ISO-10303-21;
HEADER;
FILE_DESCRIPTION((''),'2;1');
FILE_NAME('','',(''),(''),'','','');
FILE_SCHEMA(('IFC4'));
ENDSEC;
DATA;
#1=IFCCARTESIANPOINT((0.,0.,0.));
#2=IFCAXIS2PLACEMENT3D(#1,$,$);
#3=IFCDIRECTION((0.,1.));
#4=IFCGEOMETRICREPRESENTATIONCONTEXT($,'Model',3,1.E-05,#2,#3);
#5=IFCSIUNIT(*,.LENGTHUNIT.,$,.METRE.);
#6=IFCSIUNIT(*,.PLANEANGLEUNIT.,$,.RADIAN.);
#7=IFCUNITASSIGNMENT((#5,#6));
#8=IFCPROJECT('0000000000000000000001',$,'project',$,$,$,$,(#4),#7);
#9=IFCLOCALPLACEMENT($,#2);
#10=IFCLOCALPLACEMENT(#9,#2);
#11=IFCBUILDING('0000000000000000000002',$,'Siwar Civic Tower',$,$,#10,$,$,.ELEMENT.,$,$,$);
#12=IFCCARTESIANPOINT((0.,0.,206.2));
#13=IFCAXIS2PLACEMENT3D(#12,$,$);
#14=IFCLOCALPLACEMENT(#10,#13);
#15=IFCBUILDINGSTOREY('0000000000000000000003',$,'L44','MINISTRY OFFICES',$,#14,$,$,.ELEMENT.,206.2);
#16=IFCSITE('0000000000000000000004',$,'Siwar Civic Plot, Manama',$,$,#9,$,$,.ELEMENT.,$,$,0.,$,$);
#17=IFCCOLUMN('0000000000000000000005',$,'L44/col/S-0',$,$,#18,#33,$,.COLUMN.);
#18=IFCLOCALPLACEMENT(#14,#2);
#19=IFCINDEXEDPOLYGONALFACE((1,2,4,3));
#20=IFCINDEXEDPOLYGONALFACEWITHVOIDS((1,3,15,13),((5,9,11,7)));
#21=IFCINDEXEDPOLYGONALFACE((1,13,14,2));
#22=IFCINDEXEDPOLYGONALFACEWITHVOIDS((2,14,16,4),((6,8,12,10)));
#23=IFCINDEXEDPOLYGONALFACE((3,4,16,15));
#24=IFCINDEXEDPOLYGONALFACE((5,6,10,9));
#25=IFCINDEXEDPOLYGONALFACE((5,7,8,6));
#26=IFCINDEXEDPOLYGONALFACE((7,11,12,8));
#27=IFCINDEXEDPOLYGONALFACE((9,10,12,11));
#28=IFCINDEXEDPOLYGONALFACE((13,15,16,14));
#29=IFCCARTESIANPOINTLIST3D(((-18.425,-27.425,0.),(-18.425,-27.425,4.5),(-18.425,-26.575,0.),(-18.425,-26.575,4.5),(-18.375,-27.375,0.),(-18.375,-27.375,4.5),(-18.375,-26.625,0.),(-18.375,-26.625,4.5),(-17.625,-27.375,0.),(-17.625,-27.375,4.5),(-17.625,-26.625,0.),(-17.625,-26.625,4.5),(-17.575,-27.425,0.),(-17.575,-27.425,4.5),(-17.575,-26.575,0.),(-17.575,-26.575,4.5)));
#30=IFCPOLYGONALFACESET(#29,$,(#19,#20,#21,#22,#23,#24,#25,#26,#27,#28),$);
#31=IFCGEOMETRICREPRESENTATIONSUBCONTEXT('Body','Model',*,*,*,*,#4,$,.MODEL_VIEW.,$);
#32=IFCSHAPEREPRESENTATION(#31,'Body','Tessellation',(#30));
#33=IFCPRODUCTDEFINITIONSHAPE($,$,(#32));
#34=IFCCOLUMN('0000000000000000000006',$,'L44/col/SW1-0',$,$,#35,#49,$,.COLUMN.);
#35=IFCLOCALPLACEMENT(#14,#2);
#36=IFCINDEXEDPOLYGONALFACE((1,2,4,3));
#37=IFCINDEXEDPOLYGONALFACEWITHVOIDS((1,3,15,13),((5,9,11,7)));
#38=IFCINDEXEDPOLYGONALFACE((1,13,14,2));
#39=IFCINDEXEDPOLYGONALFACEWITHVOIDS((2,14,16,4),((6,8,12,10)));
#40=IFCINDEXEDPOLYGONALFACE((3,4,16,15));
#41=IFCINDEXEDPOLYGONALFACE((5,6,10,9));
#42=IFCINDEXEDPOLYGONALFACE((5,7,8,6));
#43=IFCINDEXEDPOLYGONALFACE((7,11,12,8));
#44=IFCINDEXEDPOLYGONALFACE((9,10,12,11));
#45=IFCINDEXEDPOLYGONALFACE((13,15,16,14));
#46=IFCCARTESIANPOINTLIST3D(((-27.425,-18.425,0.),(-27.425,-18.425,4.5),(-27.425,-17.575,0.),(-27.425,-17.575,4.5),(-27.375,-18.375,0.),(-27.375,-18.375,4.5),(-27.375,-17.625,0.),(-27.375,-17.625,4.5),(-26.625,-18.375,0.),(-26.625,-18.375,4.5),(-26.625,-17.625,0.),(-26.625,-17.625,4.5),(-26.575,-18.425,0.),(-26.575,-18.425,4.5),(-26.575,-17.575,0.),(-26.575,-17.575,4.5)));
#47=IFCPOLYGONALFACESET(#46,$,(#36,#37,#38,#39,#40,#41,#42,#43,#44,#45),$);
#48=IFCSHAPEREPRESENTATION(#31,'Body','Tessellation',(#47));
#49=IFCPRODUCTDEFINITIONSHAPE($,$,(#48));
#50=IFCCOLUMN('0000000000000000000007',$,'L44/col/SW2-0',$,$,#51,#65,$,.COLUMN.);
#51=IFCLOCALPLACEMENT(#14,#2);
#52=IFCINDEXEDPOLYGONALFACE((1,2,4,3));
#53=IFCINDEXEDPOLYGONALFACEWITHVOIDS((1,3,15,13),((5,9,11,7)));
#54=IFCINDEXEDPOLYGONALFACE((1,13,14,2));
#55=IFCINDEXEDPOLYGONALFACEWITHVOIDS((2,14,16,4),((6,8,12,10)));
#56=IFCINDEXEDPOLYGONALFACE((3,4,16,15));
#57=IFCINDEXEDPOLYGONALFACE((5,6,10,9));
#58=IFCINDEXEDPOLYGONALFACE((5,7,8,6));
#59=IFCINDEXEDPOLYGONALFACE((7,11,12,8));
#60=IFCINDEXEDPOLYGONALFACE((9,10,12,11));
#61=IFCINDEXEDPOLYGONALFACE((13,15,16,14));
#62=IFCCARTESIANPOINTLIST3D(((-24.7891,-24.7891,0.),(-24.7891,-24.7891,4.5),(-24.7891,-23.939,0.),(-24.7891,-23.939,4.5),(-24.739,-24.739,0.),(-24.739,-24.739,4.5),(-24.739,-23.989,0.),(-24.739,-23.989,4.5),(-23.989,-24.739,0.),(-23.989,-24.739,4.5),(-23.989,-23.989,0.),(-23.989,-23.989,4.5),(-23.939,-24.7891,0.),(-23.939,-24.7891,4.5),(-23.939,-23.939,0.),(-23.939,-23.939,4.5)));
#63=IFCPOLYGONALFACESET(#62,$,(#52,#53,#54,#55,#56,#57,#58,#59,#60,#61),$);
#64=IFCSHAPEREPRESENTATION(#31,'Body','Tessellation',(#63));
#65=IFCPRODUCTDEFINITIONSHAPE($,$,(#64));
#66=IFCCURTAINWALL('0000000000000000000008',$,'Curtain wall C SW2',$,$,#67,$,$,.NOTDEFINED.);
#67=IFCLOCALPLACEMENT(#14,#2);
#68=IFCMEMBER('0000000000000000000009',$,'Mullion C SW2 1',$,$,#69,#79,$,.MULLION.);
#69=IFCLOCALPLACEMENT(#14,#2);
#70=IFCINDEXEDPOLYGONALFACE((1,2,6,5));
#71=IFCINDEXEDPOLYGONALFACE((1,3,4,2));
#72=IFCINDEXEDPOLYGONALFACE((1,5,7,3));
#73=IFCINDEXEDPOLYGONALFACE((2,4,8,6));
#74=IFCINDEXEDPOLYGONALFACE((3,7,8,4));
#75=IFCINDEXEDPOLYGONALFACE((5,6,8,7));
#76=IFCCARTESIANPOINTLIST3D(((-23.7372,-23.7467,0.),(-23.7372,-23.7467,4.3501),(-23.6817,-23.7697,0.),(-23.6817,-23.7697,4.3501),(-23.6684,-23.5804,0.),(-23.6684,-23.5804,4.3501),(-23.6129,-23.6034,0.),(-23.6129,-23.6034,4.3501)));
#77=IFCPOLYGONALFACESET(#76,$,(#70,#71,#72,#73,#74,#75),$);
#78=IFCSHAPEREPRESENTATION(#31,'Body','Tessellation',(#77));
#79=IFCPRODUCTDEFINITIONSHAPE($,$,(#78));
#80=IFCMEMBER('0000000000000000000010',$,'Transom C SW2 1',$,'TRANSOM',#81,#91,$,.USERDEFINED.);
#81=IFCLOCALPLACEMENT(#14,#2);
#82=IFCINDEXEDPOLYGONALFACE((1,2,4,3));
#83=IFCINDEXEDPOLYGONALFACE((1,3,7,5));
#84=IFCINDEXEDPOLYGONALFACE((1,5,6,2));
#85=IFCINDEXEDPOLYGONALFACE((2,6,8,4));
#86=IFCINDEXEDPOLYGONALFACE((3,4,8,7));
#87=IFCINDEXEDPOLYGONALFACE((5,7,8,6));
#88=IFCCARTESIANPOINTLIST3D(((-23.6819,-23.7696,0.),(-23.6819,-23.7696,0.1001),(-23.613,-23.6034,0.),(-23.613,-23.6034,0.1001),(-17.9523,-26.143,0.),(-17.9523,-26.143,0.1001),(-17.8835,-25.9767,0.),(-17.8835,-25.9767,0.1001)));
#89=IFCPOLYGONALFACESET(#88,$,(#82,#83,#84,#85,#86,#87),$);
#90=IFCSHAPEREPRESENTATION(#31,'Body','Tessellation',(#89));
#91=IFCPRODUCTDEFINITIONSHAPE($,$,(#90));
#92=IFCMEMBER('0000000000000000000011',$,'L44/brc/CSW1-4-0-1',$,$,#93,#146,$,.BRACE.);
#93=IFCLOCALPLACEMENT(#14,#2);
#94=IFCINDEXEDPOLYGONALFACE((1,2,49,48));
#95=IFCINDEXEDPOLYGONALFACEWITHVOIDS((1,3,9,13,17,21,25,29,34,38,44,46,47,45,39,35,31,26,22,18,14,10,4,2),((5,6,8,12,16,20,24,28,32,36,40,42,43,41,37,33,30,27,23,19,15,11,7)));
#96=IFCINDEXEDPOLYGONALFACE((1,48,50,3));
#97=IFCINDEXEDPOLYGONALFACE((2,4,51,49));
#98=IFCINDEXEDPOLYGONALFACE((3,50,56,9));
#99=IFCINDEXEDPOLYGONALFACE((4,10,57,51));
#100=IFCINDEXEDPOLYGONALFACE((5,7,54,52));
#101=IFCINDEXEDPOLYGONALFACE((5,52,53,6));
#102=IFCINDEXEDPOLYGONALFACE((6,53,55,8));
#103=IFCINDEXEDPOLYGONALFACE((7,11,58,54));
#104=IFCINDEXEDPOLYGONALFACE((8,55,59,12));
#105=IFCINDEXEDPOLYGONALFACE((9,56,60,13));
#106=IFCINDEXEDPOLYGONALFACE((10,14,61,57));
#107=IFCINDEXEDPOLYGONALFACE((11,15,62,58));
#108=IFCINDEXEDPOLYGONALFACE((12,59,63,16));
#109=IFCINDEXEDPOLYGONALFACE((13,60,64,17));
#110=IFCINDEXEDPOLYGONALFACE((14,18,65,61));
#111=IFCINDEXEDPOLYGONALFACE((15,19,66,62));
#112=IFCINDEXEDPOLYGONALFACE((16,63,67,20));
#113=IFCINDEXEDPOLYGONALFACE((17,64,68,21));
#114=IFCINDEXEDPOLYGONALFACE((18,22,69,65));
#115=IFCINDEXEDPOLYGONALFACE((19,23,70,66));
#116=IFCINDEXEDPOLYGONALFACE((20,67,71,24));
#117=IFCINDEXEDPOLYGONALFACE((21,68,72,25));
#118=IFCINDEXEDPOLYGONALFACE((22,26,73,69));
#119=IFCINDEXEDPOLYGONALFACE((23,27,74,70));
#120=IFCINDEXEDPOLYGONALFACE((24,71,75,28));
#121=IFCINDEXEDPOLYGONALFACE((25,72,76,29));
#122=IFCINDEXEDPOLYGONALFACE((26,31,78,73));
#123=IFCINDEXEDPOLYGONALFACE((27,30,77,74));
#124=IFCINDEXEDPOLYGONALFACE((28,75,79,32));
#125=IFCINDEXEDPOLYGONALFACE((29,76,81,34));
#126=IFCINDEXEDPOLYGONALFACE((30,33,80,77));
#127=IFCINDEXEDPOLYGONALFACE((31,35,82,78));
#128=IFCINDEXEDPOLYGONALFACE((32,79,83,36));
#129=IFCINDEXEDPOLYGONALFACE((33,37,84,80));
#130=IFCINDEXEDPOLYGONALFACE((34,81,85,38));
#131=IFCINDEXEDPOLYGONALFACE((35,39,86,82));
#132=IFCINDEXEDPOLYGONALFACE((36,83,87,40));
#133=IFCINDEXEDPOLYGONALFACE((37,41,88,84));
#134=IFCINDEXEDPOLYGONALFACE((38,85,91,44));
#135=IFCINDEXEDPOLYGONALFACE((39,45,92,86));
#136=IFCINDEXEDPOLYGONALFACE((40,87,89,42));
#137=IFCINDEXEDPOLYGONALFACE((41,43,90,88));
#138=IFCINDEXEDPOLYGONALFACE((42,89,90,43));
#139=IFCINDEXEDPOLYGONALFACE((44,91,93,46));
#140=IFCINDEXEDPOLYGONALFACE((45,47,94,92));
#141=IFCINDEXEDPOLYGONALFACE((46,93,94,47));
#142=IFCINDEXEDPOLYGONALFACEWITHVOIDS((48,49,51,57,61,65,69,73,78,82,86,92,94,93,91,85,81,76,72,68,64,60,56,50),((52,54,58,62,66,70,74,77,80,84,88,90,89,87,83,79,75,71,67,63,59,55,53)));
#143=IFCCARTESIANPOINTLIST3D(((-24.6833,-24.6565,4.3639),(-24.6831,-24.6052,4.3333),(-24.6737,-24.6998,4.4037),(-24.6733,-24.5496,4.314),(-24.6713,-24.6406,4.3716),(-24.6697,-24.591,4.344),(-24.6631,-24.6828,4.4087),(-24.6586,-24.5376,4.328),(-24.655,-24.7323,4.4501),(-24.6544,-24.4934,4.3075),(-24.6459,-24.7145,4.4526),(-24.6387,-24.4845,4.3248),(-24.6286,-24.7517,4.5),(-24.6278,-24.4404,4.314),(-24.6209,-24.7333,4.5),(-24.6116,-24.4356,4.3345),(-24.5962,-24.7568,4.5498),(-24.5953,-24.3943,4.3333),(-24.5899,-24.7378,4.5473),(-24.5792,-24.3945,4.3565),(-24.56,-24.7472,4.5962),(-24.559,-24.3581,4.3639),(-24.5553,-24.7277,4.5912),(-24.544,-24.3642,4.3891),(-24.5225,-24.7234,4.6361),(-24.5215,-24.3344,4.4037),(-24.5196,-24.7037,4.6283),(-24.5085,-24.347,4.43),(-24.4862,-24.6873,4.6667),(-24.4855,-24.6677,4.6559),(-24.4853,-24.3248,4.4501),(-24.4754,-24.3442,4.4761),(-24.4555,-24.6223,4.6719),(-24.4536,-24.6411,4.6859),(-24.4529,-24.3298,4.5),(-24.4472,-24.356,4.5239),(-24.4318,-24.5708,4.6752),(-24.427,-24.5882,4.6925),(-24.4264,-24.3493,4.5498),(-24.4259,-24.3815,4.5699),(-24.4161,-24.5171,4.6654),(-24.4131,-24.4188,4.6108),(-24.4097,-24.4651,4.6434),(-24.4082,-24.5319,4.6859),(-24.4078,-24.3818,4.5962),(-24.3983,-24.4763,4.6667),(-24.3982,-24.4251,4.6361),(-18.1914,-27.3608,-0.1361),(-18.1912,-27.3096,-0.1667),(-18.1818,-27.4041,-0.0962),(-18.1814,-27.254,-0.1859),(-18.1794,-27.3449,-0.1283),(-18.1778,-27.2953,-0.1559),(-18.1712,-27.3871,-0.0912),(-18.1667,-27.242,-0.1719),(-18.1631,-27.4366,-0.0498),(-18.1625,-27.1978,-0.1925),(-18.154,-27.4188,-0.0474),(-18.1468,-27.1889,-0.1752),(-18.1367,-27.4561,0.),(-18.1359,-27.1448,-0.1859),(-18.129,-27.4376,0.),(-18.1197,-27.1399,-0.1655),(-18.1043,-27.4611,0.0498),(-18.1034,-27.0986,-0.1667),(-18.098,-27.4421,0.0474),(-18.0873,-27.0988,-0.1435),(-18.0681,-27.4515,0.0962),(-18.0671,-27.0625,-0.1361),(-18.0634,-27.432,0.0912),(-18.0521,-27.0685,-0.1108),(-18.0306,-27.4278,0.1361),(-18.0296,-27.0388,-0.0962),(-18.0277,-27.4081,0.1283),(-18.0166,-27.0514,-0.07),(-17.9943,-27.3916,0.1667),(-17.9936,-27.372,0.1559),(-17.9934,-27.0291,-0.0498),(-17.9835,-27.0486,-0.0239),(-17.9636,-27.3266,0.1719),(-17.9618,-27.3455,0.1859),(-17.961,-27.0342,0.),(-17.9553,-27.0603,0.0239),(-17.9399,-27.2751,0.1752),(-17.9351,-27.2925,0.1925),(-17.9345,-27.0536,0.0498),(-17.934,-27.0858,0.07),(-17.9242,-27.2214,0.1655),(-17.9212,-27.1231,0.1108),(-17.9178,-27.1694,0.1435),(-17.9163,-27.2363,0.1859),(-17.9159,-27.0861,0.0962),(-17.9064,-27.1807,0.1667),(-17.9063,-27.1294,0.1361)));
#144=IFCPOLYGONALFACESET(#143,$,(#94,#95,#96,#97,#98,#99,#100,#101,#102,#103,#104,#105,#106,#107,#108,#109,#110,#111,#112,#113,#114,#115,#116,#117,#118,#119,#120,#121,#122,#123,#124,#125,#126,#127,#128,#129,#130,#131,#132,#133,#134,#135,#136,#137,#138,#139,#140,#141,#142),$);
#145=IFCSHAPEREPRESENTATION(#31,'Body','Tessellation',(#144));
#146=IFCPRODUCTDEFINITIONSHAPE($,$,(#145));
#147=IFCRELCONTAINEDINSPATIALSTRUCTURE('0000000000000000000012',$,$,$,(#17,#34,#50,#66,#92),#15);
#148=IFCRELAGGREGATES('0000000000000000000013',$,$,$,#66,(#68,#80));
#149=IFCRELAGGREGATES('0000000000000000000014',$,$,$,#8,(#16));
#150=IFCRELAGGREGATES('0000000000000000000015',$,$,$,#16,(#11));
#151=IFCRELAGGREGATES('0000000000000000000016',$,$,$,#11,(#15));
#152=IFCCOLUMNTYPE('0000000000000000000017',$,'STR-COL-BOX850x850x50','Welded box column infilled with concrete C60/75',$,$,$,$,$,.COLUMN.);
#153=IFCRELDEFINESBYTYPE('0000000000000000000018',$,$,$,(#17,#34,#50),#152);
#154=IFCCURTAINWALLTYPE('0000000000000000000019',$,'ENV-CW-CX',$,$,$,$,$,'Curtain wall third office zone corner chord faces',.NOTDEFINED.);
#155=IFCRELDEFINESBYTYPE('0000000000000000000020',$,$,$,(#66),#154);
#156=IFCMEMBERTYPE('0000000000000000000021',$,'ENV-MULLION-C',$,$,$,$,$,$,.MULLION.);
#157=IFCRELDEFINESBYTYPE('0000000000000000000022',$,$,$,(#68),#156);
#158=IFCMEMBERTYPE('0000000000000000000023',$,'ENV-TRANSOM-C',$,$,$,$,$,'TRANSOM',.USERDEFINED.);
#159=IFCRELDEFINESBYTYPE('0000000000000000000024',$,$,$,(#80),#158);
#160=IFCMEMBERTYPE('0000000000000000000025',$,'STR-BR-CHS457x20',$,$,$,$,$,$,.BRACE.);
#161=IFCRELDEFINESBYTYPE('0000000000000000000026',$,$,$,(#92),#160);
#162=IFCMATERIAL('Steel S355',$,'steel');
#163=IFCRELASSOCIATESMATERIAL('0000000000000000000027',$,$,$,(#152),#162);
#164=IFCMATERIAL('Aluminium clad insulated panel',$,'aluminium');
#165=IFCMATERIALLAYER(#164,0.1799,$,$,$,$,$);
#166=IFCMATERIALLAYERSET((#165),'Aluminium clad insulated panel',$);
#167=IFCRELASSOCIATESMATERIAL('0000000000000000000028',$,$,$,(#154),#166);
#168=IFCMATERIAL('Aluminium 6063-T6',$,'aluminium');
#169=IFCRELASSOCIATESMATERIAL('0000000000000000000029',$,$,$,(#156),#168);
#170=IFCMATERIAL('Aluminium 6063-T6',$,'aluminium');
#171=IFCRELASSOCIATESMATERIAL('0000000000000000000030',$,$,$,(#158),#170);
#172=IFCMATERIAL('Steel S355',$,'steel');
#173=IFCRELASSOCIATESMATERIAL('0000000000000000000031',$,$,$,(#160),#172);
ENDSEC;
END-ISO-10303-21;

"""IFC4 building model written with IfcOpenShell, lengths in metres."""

from ifc_helpers import new_model, si_unit, direction, frame, origin, origin_2d, place, context, subcontext, project, spatial, rectangle, hollow_rectangle, hollow_circle, extrude, material, layer, layer_set, material_profile, profile_set, type_object, element, aggregate, save


model = new_model("IFC4")

# Units and contexts
model_context = context("Model", 3, precision=1e-05, world=origin(), true_north=direction((0.0, 1.0)))
body_context = subcontext(model_context, "Body", "Model", "MODEL_VIEW")
ifc_project = project(units=[si_unit("LENGTHUNIT", "METRE"), si_unit("PLANEANGLEUNIT", "RADIAN")], contexts=[model_context])

# Site, building, storey
site_placement = place(None, origin())
site = spatial("IfcSite", under=ifc_project, at=site_placement, Name="Siwar Civic Plot, Manama", CompositionType="ELEMENT", RefElevation=0.0)
building_placement = place(site_placement, origin())
building = spatial("IfcBuilding", under=site, at=building_placement, Name="Siwar Civic Tower", CompositionType="ELEMENT")
storey_placement = place(building_placement, frame((0.0, 0.0, 206.2)))
storey = spatial("IfcBuildingStorey", under=building, at=storey_placement, Name="L44", Description="MINISTRY OFFICES", CompositionType="ELEMENT", Elevation=206.2)

# Columns
ifc_material_1 = material(Name="Steel S355", Category="steel")
ifc_material_profile_1 = material_profile(ifc_material_1, hollow_rectangle(XDim=0.8501, YDim=0.8501, WallThickness=0.05, at=origin_2d()), Name="BOX850x850x50")
ifc_profile_set_1 = profile_set([ifc_material_profile_1], Name="Steel S355")
column_type = type_object("IfcColumnType", Name="STR-COL-BOX850x850x50", Description="Welded box column infilled with concrete C60/75", PredefinedType="COLUMN", material=ifc_profile_set_1)
for number, where, z_axis, x_axis, name in (
    (1, (-18.0, -27.0, 0.0), (0.0, 0.0, 1.0), (1.0, 0.0, 0.0), "L44/col/S-0"),
    (2, (-27.0, -18.0, 0.0), (0.0, 0.0, 1.0), (1.0, 0.0, 0.0), "L44/col/SW1-0"),
    (3, (-24.364, -24.364, 0.0), (0.0, 0.0, 1.0), (1.0, 0.0, 0.0), "L44/col/SW2-0"),
):
    element("IfcColumn", number, at=place(storey_placement, frame(where, z_axis=z_axis, x_axis=x_axis)), inside=storey, type_object=column_type, Name=name, PredefinedType="COLUMN", context=body_context, shape_type="SweptSolid", body=[
        extrude(hollow_rectangle(XDim=0.8501, YDim=0.8501, WallThickness=0.05, at=origin_2d()), origin(), (0.0, 0.0, 1.0), 4.5),
    ])

# Curtain wall, members
ifc_material_2 = material(Name="Aluminium clad insulated panel", Category="aluminium")
ifc_layer_1 = layer(ifc_material_2, 0.1799)
ifc_layer_set_1 = layer_set([ifc_layer_1], Name="Aluminium clad insulated panel")
curtain_wall_type = type_object("IfcCurtainWallType", Name="ENV-CW-CX", ElementType="Curtain wall third office zone corner chord faces", PredefinedType="NOTDEFINED", material=ifc_layer_set_1)
curtain_wall_1_placement = place(storey_placement, origin())
curtain_wall_1 = element("IfcCurtainWall", 4, at=curtain_wall_1_placement, inside=storey, type_object=curtain_wall_type, Name="Curtain wall C SW2", PredefinedType="NOTDEFINED")
ifc_material_3 = material(Name="Aluminium 6063-T6", Category="aluminium")
ifc_material_profile_2 = material_profile(ifc_material_3, rectangle(XDim=0.1799, YDim=0.0601, at=origin_2d()), Name="AL 180x60")
ifc_profile_set_2 = profile_set([ifc_material_profile_2], Name="Aluminium 6063-T6")
member_type_1 = type_object("IfcMemberType", Name="ENV-MULLION-C", PredefinedType="MULLION", material=ifc_profile_set_2)
member_1_placement = place(storey_placement, frame((-23.675, -23.675, 0.0), z_axis=(0.0, 0.0, 1.0), x_axis=(0.382683, 0.92388, 0.0)))
member_1 = element("IfcMember", 5, at=member_1_placement, type_object=member_type_1, Name="Mullion C SW2 1", PredefinedType="MULLION", context=body_context, shape_type="SweptSolid", body=[
    extrude(rectangle(XDim=0.1799, YDim=0.0601, at=origin_2d()), origin(), (0.0, 0.0, 1.0), 4.3501),
])
ifc_material_4 = material(Name="Aluminium 6063-T6", Category="aluminium")
ifc_material_profile_3 = material_profile(ifc_material_4, rectangle(XDim=0.1799, YDim=0.1001, at=origin_2d()), Name="AL 180x100")
ifc_profile_set_3 = profile_set([ifc_material_profile_3], Name="Aluminium 6063-T6")
member_type_2 = type_object("IfcMemberType", Name="ENV-TRANSOM-C", ElementType="TRANSOM", PredefinedType="USERDEFINED", material=ifc_profile_set_3)
member_2_placement = place(storey_placement, frame((-23.6475, -23.6865, 0.05), z_axis=(0.923876, -0.382691, 0.0), x_axis=(0.382691, 0.923876, 0.0)))
member_2 = element("IfcMember", 6, at=member_2_placement, type_object=member_type_2, Name="Transom C SW2 1", ObjectType="TRANSOM", PredefinedType="USERDEFINED", context=body_context, shape_type="SweptSolid", body=[
    extrude(rectangle(XDim=0.1799, YDim=0.1001, at=origin_2d()), origin(), (0.0, 0.0, 1.0), 6.2017),
])

# Member
ifc_material_5 = material(Name="Steel S355", Category="steel")
ifc_material_profile_4 = material_profile(ifc_material_5, hollow_circle(Radius=0.2285, WallThickness=0.02, at=origin_2d()), Name="CHS457x20")
ifc_profile_set_4 = profile_set([ifc_material_profile_4], Name="Steel S355")
member_type_3 = type_object("IfcMemberType", Name="STR-BR-CHS457x20", PredefinedType="BRACE", material=ifc_profile_set_4)
member_3_placement = place(storey_placement, frame((-18.0488, -27.2451, 0.0), z_axis=(-0.777555, 0.323906, 0.538975), x_axis=(-0.384539, -0.923109, 0.0)))
element("IfcMember", 7, at=member_3_placement, inside=storey, type_object=member_type_3, Name="L44/brc/CSW1-4-0-1", PredefinedType="BRACE", context=body_context, shape_type="SweptSolid", body=[
    extrude(hollow_circle(Radius=0.2285, WallThickness=0.02, at=origin_2d()), origin(), (0.0, 0.0, 1.0), 8.3491),
])

aggregate(curtain_wall_1, [member_1, member_2])

save(model, "model.ifc")
